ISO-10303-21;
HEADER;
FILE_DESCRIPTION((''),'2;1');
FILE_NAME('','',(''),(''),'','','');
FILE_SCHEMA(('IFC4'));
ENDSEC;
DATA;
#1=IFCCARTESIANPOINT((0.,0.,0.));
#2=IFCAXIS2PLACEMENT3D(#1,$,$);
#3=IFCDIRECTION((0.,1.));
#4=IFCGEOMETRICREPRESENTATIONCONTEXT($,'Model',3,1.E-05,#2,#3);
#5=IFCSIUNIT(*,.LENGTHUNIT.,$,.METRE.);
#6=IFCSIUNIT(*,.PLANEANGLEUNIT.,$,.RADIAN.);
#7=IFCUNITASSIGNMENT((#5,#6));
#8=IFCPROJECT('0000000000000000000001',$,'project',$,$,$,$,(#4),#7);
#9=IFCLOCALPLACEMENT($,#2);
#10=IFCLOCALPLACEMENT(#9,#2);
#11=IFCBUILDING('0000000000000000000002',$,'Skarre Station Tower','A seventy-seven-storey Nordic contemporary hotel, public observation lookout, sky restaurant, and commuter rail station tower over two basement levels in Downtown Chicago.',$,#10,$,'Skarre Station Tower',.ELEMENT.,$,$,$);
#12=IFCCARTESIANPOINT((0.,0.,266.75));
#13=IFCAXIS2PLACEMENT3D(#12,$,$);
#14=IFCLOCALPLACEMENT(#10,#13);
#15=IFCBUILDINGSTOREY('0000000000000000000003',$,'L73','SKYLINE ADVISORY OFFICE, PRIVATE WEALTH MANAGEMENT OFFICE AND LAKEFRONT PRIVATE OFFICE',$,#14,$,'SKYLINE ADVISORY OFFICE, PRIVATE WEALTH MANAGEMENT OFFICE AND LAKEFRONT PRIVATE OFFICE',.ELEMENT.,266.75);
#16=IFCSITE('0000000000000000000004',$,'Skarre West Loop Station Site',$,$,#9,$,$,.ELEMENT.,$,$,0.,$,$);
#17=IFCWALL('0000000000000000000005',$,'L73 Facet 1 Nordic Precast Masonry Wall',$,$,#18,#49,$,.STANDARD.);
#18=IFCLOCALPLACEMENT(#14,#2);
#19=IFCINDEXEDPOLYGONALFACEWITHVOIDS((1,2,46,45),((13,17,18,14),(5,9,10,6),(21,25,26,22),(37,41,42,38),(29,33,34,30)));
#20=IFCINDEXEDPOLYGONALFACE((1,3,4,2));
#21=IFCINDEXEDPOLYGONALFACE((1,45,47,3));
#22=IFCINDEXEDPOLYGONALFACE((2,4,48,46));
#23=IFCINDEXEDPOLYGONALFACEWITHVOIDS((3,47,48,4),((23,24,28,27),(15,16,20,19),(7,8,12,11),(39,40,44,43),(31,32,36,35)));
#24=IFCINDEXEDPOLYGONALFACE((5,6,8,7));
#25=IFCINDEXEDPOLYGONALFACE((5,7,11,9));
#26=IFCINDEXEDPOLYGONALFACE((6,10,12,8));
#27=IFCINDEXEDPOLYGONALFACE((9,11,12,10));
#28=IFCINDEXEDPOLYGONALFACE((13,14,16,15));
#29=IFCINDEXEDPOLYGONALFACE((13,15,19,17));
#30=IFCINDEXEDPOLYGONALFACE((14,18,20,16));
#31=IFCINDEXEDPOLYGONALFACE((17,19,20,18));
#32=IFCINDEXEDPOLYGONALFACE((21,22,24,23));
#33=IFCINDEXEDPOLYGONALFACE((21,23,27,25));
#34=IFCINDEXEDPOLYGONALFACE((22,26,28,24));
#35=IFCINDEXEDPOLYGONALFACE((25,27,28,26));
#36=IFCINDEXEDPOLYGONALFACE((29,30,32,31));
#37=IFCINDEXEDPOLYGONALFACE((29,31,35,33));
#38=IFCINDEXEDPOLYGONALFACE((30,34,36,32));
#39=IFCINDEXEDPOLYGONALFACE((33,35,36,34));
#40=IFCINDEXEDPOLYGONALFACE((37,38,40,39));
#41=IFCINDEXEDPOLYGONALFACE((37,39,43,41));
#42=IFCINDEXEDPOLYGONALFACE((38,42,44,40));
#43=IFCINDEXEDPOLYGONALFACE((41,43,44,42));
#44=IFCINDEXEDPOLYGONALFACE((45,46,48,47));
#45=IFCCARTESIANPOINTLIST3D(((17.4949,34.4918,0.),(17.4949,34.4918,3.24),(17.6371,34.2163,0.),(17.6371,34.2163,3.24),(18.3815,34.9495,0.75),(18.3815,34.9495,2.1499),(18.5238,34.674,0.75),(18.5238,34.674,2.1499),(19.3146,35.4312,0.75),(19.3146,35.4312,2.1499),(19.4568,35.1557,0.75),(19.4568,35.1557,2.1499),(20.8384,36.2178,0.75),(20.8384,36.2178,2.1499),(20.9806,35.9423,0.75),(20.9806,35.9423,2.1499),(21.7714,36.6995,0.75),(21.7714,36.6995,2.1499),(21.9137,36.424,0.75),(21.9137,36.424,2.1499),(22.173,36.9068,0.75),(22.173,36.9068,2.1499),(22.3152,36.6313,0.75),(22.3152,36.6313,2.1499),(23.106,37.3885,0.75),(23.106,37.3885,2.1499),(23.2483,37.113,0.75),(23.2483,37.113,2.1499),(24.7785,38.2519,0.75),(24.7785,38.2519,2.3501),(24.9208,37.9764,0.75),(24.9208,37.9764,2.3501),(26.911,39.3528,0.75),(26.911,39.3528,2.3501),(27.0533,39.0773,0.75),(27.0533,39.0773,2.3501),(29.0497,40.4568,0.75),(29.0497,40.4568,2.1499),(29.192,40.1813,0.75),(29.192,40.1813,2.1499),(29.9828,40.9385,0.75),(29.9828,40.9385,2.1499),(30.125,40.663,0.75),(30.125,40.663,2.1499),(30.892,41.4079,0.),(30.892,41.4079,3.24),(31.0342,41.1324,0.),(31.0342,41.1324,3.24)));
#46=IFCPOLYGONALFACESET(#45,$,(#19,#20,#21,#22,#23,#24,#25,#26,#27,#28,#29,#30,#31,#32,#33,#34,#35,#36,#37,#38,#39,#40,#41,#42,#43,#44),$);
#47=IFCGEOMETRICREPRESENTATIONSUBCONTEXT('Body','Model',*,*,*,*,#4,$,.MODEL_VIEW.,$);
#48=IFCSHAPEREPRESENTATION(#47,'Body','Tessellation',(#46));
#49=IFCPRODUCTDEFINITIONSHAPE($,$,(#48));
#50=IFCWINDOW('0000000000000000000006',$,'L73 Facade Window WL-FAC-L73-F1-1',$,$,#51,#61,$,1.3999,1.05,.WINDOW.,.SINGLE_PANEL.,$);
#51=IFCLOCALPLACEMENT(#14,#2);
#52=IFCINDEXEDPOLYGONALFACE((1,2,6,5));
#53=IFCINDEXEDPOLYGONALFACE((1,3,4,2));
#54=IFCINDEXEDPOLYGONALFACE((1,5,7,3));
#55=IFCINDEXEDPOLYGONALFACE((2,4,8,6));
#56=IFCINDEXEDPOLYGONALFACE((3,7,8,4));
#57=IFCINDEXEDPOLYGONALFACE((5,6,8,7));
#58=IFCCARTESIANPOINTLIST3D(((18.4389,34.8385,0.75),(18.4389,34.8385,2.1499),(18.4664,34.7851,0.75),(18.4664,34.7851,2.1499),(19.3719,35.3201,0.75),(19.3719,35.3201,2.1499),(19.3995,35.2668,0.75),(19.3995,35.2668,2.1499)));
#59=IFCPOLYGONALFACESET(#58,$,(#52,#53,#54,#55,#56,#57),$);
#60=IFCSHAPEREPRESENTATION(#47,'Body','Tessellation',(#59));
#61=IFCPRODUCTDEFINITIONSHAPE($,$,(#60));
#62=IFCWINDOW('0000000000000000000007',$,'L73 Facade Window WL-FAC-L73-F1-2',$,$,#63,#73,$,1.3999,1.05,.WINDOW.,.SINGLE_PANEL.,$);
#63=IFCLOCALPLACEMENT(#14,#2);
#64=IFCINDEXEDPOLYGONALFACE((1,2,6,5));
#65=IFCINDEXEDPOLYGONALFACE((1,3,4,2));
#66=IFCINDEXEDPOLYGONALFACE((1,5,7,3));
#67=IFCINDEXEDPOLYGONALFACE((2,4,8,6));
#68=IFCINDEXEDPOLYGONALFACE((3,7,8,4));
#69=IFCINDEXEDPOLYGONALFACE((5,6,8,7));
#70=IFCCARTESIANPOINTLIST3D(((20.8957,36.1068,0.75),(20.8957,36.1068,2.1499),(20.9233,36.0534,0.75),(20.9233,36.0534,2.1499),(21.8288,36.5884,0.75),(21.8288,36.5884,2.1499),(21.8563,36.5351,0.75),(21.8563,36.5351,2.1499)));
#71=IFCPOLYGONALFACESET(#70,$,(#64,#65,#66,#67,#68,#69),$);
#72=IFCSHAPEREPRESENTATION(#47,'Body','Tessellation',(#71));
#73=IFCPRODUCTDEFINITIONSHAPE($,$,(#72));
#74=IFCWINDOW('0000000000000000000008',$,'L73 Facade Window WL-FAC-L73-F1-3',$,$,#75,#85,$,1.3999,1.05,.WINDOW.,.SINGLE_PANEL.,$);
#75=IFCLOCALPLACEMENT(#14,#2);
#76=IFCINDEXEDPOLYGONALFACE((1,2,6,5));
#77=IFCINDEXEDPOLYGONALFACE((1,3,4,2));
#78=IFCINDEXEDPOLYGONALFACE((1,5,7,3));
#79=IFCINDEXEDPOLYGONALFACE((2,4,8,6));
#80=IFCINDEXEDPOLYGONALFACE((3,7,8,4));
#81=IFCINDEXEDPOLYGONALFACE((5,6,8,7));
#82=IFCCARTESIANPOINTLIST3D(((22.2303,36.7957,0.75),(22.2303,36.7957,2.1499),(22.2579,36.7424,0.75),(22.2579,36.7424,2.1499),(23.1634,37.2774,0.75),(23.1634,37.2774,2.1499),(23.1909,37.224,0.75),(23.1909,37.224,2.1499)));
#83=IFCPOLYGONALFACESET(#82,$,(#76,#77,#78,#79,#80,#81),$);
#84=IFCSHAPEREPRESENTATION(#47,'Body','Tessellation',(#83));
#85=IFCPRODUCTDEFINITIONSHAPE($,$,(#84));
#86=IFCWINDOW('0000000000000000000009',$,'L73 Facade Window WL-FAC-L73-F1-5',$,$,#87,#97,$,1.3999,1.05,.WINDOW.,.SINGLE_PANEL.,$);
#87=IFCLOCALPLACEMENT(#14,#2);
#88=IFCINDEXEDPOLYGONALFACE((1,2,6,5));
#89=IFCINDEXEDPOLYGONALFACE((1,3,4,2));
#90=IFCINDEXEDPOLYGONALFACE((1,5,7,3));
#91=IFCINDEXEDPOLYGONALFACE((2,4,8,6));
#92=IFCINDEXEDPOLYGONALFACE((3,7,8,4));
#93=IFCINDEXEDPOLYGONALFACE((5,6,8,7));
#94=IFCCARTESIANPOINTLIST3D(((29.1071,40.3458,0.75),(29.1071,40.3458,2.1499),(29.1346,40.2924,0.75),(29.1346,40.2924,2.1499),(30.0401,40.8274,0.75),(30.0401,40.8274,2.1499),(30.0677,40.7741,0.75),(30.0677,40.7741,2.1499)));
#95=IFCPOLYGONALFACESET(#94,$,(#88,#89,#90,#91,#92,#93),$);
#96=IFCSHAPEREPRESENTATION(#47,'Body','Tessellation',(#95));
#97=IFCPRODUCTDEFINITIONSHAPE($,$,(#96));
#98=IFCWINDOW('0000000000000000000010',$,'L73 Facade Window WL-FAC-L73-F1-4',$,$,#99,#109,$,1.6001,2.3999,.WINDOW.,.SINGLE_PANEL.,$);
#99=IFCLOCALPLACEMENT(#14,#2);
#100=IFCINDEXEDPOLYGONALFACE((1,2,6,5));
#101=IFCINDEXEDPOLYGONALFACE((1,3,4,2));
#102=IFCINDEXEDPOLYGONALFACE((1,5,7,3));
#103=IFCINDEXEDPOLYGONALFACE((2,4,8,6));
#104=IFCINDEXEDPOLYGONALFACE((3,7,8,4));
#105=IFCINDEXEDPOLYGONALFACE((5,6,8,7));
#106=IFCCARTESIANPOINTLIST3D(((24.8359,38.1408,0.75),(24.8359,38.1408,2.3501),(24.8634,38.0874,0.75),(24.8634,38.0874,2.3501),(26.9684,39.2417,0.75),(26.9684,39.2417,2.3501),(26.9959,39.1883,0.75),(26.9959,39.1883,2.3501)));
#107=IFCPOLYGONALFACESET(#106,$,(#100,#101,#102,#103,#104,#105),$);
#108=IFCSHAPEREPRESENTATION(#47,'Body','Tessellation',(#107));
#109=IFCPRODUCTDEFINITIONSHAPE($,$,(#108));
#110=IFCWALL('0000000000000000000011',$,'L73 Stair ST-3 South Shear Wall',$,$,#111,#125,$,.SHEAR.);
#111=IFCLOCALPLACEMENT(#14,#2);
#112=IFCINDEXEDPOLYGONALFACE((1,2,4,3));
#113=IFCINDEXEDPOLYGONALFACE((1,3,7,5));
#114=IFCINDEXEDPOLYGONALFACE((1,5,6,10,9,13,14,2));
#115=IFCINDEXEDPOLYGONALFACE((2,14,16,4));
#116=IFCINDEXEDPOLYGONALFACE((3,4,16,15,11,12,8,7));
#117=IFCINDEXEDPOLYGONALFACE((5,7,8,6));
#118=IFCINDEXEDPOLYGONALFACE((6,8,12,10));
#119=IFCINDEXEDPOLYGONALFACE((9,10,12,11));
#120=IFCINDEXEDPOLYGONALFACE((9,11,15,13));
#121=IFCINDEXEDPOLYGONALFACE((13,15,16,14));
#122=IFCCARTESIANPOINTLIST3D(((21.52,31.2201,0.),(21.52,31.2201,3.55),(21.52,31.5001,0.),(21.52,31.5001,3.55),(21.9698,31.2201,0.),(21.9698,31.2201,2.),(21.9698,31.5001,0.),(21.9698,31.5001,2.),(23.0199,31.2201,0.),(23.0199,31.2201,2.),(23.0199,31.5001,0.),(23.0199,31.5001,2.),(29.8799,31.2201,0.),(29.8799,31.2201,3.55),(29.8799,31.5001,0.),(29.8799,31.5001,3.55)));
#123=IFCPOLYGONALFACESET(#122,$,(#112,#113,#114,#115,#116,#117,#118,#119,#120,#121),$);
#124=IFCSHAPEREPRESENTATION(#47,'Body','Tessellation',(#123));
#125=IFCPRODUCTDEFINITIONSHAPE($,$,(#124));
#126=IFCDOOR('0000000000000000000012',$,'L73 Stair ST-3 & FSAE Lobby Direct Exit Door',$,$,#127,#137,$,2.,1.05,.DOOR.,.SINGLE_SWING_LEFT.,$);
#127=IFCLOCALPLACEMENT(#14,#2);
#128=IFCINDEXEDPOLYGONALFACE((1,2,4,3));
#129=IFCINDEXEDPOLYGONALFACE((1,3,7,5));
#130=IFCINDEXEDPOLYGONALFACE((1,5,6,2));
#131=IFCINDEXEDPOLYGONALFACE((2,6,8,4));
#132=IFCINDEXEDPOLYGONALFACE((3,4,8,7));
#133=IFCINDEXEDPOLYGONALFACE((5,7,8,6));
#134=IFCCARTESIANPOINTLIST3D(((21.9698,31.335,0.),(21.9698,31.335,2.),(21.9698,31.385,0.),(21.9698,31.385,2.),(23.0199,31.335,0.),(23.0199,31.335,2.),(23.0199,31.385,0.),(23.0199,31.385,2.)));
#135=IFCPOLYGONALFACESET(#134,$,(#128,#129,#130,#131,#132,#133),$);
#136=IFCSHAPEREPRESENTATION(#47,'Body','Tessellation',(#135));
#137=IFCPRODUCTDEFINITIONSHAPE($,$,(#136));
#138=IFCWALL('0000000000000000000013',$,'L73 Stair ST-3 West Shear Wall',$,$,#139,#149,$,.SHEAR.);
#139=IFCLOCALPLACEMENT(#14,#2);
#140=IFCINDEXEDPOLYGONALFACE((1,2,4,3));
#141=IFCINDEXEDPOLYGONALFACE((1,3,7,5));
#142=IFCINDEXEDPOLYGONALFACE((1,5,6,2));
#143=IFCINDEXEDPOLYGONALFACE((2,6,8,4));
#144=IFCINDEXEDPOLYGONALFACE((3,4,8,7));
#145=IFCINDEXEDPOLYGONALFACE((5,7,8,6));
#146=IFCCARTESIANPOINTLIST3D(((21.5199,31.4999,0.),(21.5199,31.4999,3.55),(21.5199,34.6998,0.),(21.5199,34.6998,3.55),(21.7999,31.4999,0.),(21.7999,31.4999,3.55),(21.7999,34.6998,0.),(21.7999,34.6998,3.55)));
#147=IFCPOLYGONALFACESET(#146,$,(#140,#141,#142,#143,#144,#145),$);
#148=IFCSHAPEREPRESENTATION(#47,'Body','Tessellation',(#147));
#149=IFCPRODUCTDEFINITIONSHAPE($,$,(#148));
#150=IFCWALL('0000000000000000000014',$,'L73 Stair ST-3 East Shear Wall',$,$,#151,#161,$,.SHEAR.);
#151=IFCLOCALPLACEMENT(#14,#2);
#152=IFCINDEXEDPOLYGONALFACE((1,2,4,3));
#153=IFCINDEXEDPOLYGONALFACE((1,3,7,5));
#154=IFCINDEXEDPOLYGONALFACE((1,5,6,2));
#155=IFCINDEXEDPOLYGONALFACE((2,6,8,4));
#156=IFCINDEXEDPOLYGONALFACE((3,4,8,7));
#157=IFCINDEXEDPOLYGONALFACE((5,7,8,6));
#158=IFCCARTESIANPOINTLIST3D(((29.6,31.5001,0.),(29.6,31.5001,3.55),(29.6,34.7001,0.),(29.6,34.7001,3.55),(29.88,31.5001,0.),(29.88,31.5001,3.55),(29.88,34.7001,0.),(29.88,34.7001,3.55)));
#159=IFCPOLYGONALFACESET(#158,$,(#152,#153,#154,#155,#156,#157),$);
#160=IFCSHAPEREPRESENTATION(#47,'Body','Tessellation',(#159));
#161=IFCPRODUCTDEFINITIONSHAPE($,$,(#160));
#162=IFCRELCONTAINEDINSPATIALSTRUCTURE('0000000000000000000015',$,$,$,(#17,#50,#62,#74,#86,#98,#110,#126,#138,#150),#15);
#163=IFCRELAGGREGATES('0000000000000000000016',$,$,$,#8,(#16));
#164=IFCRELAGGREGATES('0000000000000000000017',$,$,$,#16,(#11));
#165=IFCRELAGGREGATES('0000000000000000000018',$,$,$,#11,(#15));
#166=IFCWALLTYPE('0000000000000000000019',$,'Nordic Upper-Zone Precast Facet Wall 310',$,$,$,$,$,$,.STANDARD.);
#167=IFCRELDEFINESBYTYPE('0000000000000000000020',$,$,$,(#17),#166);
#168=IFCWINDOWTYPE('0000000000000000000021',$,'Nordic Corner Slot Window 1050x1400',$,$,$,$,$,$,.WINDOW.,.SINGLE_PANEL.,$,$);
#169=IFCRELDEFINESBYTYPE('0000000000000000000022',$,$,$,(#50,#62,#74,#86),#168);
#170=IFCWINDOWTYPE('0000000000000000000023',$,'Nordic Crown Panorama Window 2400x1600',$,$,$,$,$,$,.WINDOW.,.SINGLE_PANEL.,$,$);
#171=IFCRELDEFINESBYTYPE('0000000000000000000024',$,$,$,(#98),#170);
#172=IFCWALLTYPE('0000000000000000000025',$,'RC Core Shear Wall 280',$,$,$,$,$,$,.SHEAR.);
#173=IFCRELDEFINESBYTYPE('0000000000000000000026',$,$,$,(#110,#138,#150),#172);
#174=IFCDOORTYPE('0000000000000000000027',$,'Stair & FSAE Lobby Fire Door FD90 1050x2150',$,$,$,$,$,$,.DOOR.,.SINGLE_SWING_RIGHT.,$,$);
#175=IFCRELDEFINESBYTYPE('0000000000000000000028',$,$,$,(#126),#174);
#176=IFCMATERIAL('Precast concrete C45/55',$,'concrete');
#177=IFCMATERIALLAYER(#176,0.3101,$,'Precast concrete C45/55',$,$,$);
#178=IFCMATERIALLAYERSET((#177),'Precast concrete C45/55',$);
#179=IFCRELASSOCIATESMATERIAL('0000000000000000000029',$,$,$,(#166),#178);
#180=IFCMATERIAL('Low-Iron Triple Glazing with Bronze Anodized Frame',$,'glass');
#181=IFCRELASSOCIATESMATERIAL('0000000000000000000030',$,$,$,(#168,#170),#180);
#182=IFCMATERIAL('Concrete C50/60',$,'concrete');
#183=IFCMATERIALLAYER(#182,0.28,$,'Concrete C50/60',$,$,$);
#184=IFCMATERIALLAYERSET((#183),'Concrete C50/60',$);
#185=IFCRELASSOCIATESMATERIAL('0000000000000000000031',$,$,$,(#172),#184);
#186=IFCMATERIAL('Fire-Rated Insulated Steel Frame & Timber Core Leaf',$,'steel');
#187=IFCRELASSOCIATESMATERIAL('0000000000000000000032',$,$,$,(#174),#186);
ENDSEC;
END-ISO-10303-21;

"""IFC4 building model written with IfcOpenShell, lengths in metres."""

from ifc_helpers import new_model, si_unit, direction, frame, frame_2d, origin, place, context, subcontext, project, spatial, rectangle, extrude, material, layer, layer_set, type_object, element, fill, save


model = new_model("IFC4")

# Units and contexts
model_context = context("Model", 3, precision=1e-05, world=origin(), true_north=direction((0.0, 1.0)))
body_context = subcontext(model_context, "Body", "Model", "MODEL_VIEW")
ifc_project = project(units=[si_unit("LENGTHUNIT", "METRE"), si_unit("PLANEANGLEUNIT", "RADIAN")], contexts=[model_context])

# Site, building, storey
site_placement = place(None, origin())
site = spatial("IfcSite", under=ifc_project, at=site_placement, Name="Skarre West Loop Station Site", CompositionType="ELEMENT", RefElevation=0.0)
building_placement = place(site_placement, origin())
building = spatial("IfcBuilding", under=site, at=building_placement, Name="Skarre Station Tower", Description="A seventy-seven-storey Nordic contemporary hotel, public observation lookout, sky restaurant, and commuter rail station tower over two basement levels in Downtown Chicago.", LongName="Skarre Station Tower", CompositionType="ELEMENT")
storey_placement = place(building_placement, frame((0.0, 0.0, 266.75)))
storey = spatial("IfcBuildingStorey", under=building, at=storey_placement, Name="L73", Description="SKYLINE ADVISORY OFFICE, PRIVATE WEALTH MANAGEMENT OFFICE AND LAKEFRONT PRIVATE OFFICE", LongName="SKYLINE ADVISORY OFFICE, PRIVATE WEALTH MANAGEMENT OFFICE AND LAKEFRONT PRIVATE OFFICE", CompositionType="ELEMENT", Elevation=266.75)

# Shared definitions
ifc_material_1 = material(Name="Concrete C50/60", Category="concrete")

# Shared definitions
ifc_material_2 = material(Name="Precast concrete C45/55", Category="concrete")

# Wall, openings, windows
ifc_layer_1 = layer(ifc_material_2, 0.3101, Name="Precast concrete C45/55")
ifc_layer_set_1 = layer_set([ifc_layer_1], Name="Precast concrete C45/55")
wall_type_1 = type_object("IfcWallType", Name="Nordic Upper-Zone Precast Facet Wall 310", PredefinedType="STANDARD", material=ifc_layer_set_1)
wall_1_placement = place(storey_placement, frame((17.5659, 34.354, 0.0), z_axis=(0.0, 0.0, 1.0), x_axis=(0.888581, 0.458719, 0.0)))
wall_1 = element("IfcWall", 1, at=wall_1_placement, inside=storey, type_object=wall_type_1, Name="L73 Facet 1 Nordic Precast Masonry Wall", PredefinedType="STANDARD", context=body_context, shape_type="SweptSolid", body=[
    extrude(rectangle(XDim=15.0769, YDim=0.3101, at=frame_2d((7.5386, 0.0))), origin(), (0.0, 0.0, 1.0), 3.24),
])
opening_1_placement = place(wall_1_placement, frame((0.998, 0.0, 0.75)))
opening_1 = element("IfcOpeningElement", 2, at=opening_1_placement, cuts=wall_1, PredefinedType="OPENING", context=body_context, shape_type="SweptSolid", body=[
    extrude(rectangle(XDim=1.05, YDim=1.3999, at=frame_2d((0.5249, 0.7))), frame((0.0, 0.165, 0.0), z_axis=(0.0, -1.0, 0.0), x_axis=(1.0, 0.0, 0.0)), (0.0, 0.0, 1.0), 0.3301),
])
opening_2_placement = place(wall_1_placement, frame((3.7629, 0.0, 0.75)))
opening_2 = element("IfcOpeningElement", 3, at=opening_2_placement, cuts=wall_1, PredefinedType="OPENING", context=body_context, shape_type="SweptSolid", body=[
    extrude(rectangle(XDim=1.05, YDim=1.3999, at=frame_2d((0.5249, 0.7))), frame((0.0, 0.165, 0.0), z_axis=(0.0, -1.0, 0.0), x_axis=(1.0, 0.0, 0.0)), (0.0, 0.0, 1.0), 0.3301),
])
opening_3_placement = place(wall_1_placement, frame((5.2649, 0.0, 0.75)))
opening_3 = element("IfcOpeningElement", 4, at=opening_3_placement, cuts=wall_1, PredefinedType="OPENING", context=body_context, shape_type="SweptSolid", body=[
    extrude(rectangle(XDim=1.05, YDim=1.3999, at=frame_2d((0.5249, 0.7))), frame((0.0, 0.165, 0.0), z_axis=(0.0, -1.0, 0.0), x_axis=(1.0, 0.0, 0.0)), (0.0, 0.0, 1.0), 0.3301),
])
opening_4_placement = place(wall_1_placement, frame((8.197, 0.0, 0.75)))
opening_4 = element("IfcOpeningElement", 5, at=opening_4_placement, cuts=wall_1, PredefinedType="OPENING", context=body_context, shape_type="SweptSolid", body=[
    extrude(rectangle(XDim=2.3999, YDim=1.6001, at=frame_2d((1.2, 0.8))), frame((0.0, 0.165, 0.0), z_axis=(0.0, -1.0, 0.0), x_axis=(1.0, 0.0, 0.0)), (0.0, 0.0, 1.0), 0.3301),
])
opening_5_placement = place(wall_1_placement, frame((13.0039, 0.0, 0.75)))
opening_5 = element("IfcOpeningElement", 6, at=opening_5_placement, cuts=wall_1, PredefinedType="OPENING", context=body_context, shape_type="SweptSolid", body=[
    extrude(rectangle(XDim=1.05, YDim=1.3999, at=frame_2d((0.5249, 0.7))), frame((0.0, 0.165, 0.0), z_axis=(0.0, -1.0, 0.0), x_axis=(1.0, 0.0, 0.0)), (0.0, 0.0, 1.0), 0.3301),
])
ifc_material_3 = material(Name="Low-Iron Triple Glazing with Bronze Anodized Frame", Category="glass")
window_type_1 = type_object("IfcWindowType", Name="Nordic Corner Slot Window 1050x1400", PartitioningType="SINGLE_PANEL", PredefinedType="WINDOW", material=ifc_material_3)
window_1_placement = place(opening_1_placement, origin())
window_1 = element("IfcWindow", 7, at=window_1_placement, inside=storey, type_object=window_type_1, Name="L73 Facade Window WL-FAC-L73-F1-1", OverallHeight=1.3999, OverallWidth=1.05, PartitioningType="SINGLE_PANEL", PredefinedType="WINDOW", context=body_context, shape_type="SweptSolid", body=[
    extrude(rectangle(XDim=1.05, YDim=1.3999, at=frame_2d((0.5249, 0.7))), frame((0.0, 0.03, 0.0), z_axis=(0.0, -1.0, 0.0), x_axis=(1.0, 0.0, 0.0)), (0.0, 0.0, 1.0), 0.0601),
])
fill(opening_1, window_1)
window_2_placement = place(opening_2_placement, origin())
window_2 = element("IfcWindow", 8, at=window_2_placement, inside=storey, type_object=window_type_1, Name="L73 Facade Window WL-FAC-L73-F1-2", OverallHeight=1.3999, OverallWidth=1.05, PartitioningType="SINGLE_PANEL", PredefinedType="WINDOW", context=body_context, shape_type="SweptSolid", body=[
    extrude(rectangle(XDim=1.05, YDim=1.3999, at=frame_2d((0.5249, 0.7))), frame((0.0, 0.03, 0.0), z_axis=(0.0, -1.0, 0.0), x_axis=(1.0, 0.0, 0.0)), (0.0, 0.0, 1.0), 0.0601),
])
fill(opening_2, window_2)
window_3_placement = place(opening_3_placement, origin())
window_3 = element("IfcWindow", 9, at=window_3_placement, inside=storey, type_object=window_type_1, Name="L73 Facade Window WL-FAC-L73-F1-3", OverallHeight=1.3999, OverallWidth=1.05, PartitioningType="SINGLE_PANEL", PredefinedType="WINDOW", context=body_context, shape_type="SweptSolid", body=[
    extrude(rectangle(XDim=1.05, YDim=1.3999, at=frame_2d((0.5249, 0.7))), frame((0.0, 0.03, 0.0), z_axis=(0.0, -1.0, 0.0), x_axis=(1.0, 0.0, 0.0)), (0.0, 0.0, 1.0), 0.0601),
])
fill(opening_3, window_3)
window_4_placement = place(opening_5_placement, origin())
window_4 = element("IfcWindow", 10, at=window_4_placement, inside=storey, type_object=window_type_1, Name="L73 Facade Window WL-FAC-L73-F1-5", OverallHeight=1.3999, OverallWidth=1.05, PartitioningType="SINGLE_PANEL", PredefinedType="WINDOW", context=body_context, shape_type="SweptSolid", body=[
    extrude(rectangle(XDim=1.05, YDim=1.3999, at=frame_2d((0.5249, 0.7))), frame((0.0, 0.03, 0.0), z_axis=(0.0, -1.0, 0.0), x_axis=(1.0, 0.0, 0.0)), (0.0, 0.0, 1.0), 0.0601),
])
fill(opening_5, window_4)
window_type_2 = type_object("IfcWindowType", Name="Nordic Crown Panorama Window 2400x1600", PartitioningType="SINGLE_PANEL", PredefinedType="WINDOW", material=ifc_material_3)
window_5_placement = place(opening_4_placement, origin())
window_5 = element("IfcWindow", 11, at=window_5_placement, inside=storey, type_object=window_type_2, Name="L73 Facade Window WL-FAC-L73-F1-4", OverallHeight=1.6001, OverallWidth=2.3999, PartitioningType="SINGLE_PANEL", PredefinedType="WINDOW", context=body_context, shape_type="SweptSolid", body=[
    extrude(rectangle(XDim=2.3999, YDim=1.6001, at=frame_2d((1.2, 0.8))), frame((0.0, 0.03, 0.0), z_axis=(0.0, -1.0, 0.0), x_axis=(1.0, 0.0, 0.0)), (0.0, 0.0, 1.0), 0.0601),
])
fill(opening_4, window_5)

# Wall, opening, door
ifc_layer_2 = layer(ifc_material_1, 0.28, Name="Concrete C50/60")
ifc_layer_set_2 = layer_set([ifc_layer_2], Name="Concrete C50/60")
wall_type_2 = type_object("IfcWallType", Name="RC Core Shear Wall 280", PredefinedType="SHEAR", material=ifc_layer_set_2)
wall_2_placement = place(storey_placement, frame((21.52, 31.3601, 0.0), z_axis=(0.0, 0.0, 1.0), x_axis=(1.0, 0.0, 0.0)))
wall_2 = element("IfcWall", 12, at=wall_2_placement, inside=storey, type_object=wall_type_2, Name="L73 Stair ST-3 South Shear Wall", PredefinedType="SHEAR", context=body_context, shape_type="SweptSolid", body=[
    extrude(rectangle(XDim=8.3599, YDim=0.28, at=frame_2d((4.1799, 0.0))), origin(), (0.0, 0.0, 1.0), 3.55),
])
opening_6_placement = place(wall_2_placement, frame((0.45, 0.0, 0.0)))
opening_6 = element("IfcOpeningElement", 13, at=opening_6_placement, cuts=wall_2, PredefinedType="OPENING", context=body_context, shape_type="SweptSolid", body=[
    extrude(rectangle(XDim=1.05, YDim=2.0, at=frame_2d((0.5249, 1.0))), frame((0.0, 0.1499, 0.0), z_axis=(0.0, -1.0, 0.0), x_axis=(1.0, 0.0, 0.0)), (0.0, 0.0, 1.0), 0.3),
])
ifc_material_4 = material(Name="Fire-Rated Insulated Steel Frame & Timber Core Leaf", Category="steel")
door_type = type_object("IfcDoorType", Name="Stair & FSAE Lobby Fire Door FD90 1050x2150", OperationType="SINGLE_SWING_RIGHT", PredefinedType="DOOR", material=ifc_material_4)
door_placement = place(opening_6_placement, origin())
door = element("IfcDoor", 14, at=door_placement, inside=storey, type_object=door_type, Name="L73 Stair ST-3 & FSAE Lobby Direct Exit Door", OperationType="SINGLE_SWING_LEFT", OverallHeight=2.0, OverallWidth=1.05, PredefinedType="DOOR", context=body_context, shape_type="SweptSolid", body=[
    extrude(rectangle(XDim=1.05, YDim=2.0, at=frame_2d((0.5249, 1.0))), frame((0.0, 0.0249, 0.0), z_axis=(0.0, -1.0, 0.0), x_axis=(1.0, 0.0, 0.0)), (0.0, 0.0, 1.0), 0.05),
])
fill(opening_6, door)

# Walls
for number, where, z_axis, x_axis, name in (
    (15, (21.6599, 34.7, 0.0), (0.0, 0.0, 1.0), (0.0, -1.0, 0.0), "L73 Stair ST-3 West Shear Wall"),
    (16, (29.74, 31.5, 0.0), (0.0, 0.0, 1.0), (0.0, 1.0, 0.0), "L73 Stair ST-3 East Shear Wall"),
):
    element("IfcWall", number, at=place(storey_placement, frame(where, z_axis=z_axis, x_axis=x_axis)), inside=storey, type_object=wall_type_2, Name=name, PredefinedType="SHEAR", context=body_context, shape_type="SweptSolid", body=[
        extrude(rectangle(XDim=3.2, YDim=0.28, at=frame_2d((1.6001, 0.0))), origin(), (0.0, 0.0, 1.0), 3.55),
    ])

save(model, "model.ifc")
